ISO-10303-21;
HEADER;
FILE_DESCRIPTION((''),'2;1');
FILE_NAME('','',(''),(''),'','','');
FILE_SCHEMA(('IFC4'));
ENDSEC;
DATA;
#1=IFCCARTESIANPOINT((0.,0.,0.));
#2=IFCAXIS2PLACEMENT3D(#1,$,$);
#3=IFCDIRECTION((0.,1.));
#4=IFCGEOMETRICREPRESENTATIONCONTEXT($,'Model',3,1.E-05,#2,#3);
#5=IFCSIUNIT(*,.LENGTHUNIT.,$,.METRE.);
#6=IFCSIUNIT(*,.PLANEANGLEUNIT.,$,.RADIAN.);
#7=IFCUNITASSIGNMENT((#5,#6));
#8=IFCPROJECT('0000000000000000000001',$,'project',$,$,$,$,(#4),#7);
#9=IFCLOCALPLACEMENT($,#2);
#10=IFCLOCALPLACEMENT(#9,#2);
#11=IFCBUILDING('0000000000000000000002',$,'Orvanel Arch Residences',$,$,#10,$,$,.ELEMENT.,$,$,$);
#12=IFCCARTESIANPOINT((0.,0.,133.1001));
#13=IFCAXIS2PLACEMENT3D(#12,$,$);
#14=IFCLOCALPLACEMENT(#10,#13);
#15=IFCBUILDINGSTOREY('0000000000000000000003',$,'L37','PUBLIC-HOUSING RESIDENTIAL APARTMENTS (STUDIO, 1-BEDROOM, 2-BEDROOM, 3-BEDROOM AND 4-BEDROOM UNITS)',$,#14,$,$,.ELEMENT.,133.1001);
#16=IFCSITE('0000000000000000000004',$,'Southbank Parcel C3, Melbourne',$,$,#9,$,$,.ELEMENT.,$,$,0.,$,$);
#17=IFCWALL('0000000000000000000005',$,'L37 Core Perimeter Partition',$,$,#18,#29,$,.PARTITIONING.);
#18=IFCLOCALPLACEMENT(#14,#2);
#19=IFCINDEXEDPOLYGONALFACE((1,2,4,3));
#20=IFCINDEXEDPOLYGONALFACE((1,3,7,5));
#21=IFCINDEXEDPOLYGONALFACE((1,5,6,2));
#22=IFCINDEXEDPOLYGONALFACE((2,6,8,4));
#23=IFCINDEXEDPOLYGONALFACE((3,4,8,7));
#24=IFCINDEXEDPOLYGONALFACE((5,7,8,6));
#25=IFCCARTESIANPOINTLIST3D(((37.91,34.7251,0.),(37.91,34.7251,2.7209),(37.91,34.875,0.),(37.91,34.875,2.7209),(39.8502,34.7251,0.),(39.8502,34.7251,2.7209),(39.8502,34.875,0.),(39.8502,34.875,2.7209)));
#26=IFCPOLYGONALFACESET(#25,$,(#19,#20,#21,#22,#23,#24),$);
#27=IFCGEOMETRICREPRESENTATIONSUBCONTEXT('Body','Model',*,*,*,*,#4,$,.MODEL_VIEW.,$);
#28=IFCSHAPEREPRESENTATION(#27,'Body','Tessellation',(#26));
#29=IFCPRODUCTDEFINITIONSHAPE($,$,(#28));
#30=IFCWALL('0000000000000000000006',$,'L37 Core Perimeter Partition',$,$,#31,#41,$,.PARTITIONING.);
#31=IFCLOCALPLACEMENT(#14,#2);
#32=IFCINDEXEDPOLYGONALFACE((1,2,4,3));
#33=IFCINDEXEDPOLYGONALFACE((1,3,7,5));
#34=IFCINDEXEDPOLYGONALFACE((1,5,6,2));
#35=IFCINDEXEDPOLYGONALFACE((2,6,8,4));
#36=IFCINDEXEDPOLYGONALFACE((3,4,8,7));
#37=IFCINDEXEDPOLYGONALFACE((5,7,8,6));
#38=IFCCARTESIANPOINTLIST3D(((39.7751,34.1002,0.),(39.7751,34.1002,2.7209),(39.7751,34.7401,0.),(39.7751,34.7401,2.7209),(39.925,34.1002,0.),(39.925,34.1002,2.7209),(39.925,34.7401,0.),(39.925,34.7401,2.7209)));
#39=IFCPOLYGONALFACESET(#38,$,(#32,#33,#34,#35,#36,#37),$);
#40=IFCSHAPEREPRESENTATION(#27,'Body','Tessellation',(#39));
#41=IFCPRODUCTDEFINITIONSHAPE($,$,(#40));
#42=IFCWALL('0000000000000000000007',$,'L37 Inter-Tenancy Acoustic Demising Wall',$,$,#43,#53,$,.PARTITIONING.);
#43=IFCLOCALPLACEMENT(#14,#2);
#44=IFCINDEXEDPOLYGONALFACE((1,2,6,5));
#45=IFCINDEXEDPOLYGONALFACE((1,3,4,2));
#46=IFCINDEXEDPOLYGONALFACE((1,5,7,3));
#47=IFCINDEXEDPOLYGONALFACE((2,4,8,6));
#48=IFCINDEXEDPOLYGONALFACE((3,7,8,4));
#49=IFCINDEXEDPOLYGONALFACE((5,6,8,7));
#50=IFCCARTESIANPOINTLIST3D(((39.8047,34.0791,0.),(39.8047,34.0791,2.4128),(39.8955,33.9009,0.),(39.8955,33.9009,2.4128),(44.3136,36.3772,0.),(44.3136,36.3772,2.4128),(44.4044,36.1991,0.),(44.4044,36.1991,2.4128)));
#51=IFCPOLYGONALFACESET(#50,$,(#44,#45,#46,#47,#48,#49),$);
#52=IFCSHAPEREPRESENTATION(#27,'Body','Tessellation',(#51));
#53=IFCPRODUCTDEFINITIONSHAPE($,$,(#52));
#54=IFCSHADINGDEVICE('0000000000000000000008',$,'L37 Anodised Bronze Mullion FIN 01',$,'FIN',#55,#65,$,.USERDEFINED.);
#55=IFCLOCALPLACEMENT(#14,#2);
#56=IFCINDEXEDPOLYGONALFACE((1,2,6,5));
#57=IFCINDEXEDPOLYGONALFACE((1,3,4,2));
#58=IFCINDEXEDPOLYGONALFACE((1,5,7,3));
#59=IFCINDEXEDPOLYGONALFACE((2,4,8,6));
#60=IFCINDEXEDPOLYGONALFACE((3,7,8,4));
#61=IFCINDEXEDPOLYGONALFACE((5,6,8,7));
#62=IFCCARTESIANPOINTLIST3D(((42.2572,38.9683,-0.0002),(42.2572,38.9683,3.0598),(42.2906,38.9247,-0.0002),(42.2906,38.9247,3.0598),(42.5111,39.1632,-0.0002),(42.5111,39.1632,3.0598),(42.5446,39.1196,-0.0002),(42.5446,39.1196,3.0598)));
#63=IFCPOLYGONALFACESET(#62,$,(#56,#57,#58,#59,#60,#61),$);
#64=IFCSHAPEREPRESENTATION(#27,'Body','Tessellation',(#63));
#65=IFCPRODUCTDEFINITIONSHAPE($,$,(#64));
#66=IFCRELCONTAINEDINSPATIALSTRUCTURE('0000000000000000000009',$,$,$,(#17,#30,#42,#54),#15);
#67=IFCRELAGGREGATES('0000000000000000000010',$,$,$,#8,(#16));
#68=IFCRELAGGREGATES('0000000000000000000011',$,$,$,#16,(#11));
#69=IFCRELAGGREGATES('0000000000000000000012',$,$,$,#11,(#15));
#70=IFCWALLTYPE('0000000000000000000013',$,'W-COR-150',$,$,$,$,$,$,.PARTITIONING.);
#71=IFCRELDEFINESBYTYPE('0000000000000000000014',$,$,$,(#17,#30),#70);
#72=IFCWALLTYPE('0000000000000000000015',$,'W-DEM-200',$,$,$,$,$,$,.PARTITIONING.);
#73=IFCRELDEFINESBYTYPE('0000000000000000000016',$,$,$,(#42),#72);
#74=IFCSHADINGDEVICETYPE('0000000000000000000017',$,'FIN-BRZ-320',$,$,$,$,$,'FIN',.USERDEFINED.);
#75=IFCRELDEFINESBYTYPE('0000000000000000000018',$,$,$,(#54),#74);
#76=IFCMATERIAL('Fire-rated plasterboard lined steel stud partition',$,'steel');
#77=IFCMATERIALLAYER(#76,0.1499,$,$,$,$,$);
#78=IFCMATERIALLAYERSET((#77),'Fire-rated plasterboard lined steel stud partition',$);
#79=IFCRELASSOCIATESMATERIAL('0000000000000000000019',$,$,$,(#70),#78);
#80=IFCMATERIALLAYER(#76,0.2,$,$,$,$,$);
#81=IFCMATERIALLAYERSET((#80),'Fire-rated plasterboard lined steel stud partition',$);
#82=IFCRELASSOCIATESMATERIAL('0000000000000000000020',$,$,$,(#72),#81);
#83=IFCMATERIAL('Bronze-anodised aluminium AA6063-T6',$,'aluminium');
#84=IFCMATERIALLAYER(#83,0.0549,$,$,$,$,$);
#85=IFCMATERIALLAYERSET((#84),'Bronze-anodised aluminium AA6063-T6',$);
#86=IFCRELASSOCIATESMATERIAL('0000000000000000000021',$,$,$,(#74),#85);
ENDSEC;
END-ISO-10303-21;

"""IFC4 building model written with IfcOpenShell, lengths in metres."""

from ifc_helpers import new_model, si_unit, direction, frame, frame_2d, origin, origin_2d, place, context, subcontext, project, spatial, rectangle, extrude, material, layer, layer_set, type_object, element, save


model = new_model("IFC4")

# Units and contexts
model_context = context("Model", 3, precision=1e-05, world=origin(), true_north=direction((0.0, 1.0)))
body_context = subcontext(model_context, "Body", "Model", "MODEL_VIEW")
ifc_project = project(units=[si_unit("LENGTHUNIT", "METRE"), si_unit("PLANEANGLEUNIT", "RADIAN")], contexts=[model_context])

# Site, building, storey
site_placement = place(None, origin())
site = spatial("IfcSite", under=ifc_project, at=site_placement, Name="Southbank Parcel C3, Melbourne", CompositionType="ELEMENT", RefElevation=0.0)
building_placement = place(site_placement, origin())
building = spatial("IfcBuilding", under=site, at=building_placement, Name="Orvanel Arch Residences", CompositionType="ELEMENT")
storey_placement = place(building_placement, frame((0.0, 0.0, 133.1001)))
storey = spatial("IfcBuildingStorey", under=building, at=storey_placement, Name="L37", Description="PUBLIC-HOUSING RESIDENTIAL APARTMENTS (STUDIO, 1-BEDROOM, 2-BEDROOM, 3-BEDROOM AND 4-BEDROOM UNITS)", CompositionType="ELEMENT", Elevation=133.1001)

# Shared definitions
ifc_material_1 = material(Name="Bronze-anodised aluminium AA6063-T6", Category="aluminium")

# Walls
ifc_material_2 = material(Name="Fire-rated plasterboard lined steel stud partition", Category="steel")
ifc_layer_1 = layer(ifc_material_2, 0.1499)
ifc_layer_set_1 = layer_set([ifc_layer_1], Name="Fire-rated plasterboard lined steel stud partition")
wall_type_1 = type_object("IfcWallType", Name="W-COR-150", PredefinedType="PARTITIONING", material=ifc_layer_set_1)
wall_1_placement = place(storey_placement, frame((37.9099, 34.8, 0.0), z_axis=(0.0, 0.0, 1.0), x_axis=(1.0, 0.0, 0.0)))
element("IfcWall", 1, at=wall_1_placement, inside=storey, type_object=wall_type_1, Name="L37 Core Perimeter Partition", PredefinedType="PARTITIONING", context=body_context, shape_type="SweptSolid", body=[
    extrude(rectangle(XDim=1.9402, YDim=0.1499, at=frame_2d((0.9702, 0.0))), origin(), (0.0, 0.0, 1.0), 2.7209),
])
wall_2_placement = place(storey_placement, frame((39.8501, 34.74, 0.0), z_axis=(0.0, 0.0, 1.0), x_axis=(0.0, -1.0, 0.0)))
element("IfcWall", 2, at=wall_2_placement, inside=storey, type_object=wall_type_1, Name="L37 Core Perimeter Partition", PredefinedType="PARTITIONING", context=body_context, shape_type="SweptSolid", body=[
    extrude(rectangle(XDim=0.6399, YDim=0.1499, at=frame_2d((0.3198, 0.0))), origin(), (0.0, 0.0, 1.0), 2.7209),
])
ifc_layer_2 = layer(ifc_material_2, 0.2)
ifc_layer_set_2 = layer_set([ifc_layer_2], Name="Fire-rated plasterboard lined steel stud partition")
wall_type_2 = type_object("IfcWallType", Name="W-DEM-200", PredefinedType="PARTITIONING", material=ifc_layer_set_2)
wall_3_placement = place(storey_placement, frame((44.3589, 36.2881, 0.0), z_axis=(0.0, 0.0, 1.0), x_axis=(-0.890946, -0.454109, 0.0)))
element("IfcWall", 3, at=wall_3_placement, inside=storey, type_object=wall_type_2, Name="L37 Inter-Tenancy Acoustic Demising Wall", PredefinedType="PARTITIONING", context=body_context, shape_type="SweptSolid", body=[
    extrude(rectangle(XDim=5.0608, YDim=0.2, at=frame_2d((2.5303, 0.0))), origin(), (0.0, 0.0, 1.0), 2.4128),
])

# Shading device
ifc_layer_3 = layer(ifc_material_1, 0.0549)
ifc_layer_set_3 = layer_set([ifc_layer_3], Name="Bronze-anodised aluminium AA6063-T6")
shading_device_type = type_object("IfcShadingDeviceType", Name="FIN-BRZ-320", ElementType="FIN", PredefinedType="USERDEFINED", material=ifc_layer_set_3)
shading_device_placement = place(storey_placement, frame((42.4009, 39.0439, -0.0002), z_axis=(0.0, 0.0, 1.0), x_axis=(0.793353, 0.608761, 0.0)))
element("IfcShadingDevice", 4, at=shading_device_placement, inside=storey, type_object=shading_device_type, Name="L37 Anodised Bronze Mullion FIN 01", ObjectType="FIN", PredefinedType="USERDEFINED", context=body_context, shape_type="SweptSolid", body=[
    extrude(rectangle(XDim=0.3201, YDim=0.0549, at=origin_2d()), origin(), (0.0, 0.0, 1.0), 3.0601),
])

save(model, "model.ifc")
